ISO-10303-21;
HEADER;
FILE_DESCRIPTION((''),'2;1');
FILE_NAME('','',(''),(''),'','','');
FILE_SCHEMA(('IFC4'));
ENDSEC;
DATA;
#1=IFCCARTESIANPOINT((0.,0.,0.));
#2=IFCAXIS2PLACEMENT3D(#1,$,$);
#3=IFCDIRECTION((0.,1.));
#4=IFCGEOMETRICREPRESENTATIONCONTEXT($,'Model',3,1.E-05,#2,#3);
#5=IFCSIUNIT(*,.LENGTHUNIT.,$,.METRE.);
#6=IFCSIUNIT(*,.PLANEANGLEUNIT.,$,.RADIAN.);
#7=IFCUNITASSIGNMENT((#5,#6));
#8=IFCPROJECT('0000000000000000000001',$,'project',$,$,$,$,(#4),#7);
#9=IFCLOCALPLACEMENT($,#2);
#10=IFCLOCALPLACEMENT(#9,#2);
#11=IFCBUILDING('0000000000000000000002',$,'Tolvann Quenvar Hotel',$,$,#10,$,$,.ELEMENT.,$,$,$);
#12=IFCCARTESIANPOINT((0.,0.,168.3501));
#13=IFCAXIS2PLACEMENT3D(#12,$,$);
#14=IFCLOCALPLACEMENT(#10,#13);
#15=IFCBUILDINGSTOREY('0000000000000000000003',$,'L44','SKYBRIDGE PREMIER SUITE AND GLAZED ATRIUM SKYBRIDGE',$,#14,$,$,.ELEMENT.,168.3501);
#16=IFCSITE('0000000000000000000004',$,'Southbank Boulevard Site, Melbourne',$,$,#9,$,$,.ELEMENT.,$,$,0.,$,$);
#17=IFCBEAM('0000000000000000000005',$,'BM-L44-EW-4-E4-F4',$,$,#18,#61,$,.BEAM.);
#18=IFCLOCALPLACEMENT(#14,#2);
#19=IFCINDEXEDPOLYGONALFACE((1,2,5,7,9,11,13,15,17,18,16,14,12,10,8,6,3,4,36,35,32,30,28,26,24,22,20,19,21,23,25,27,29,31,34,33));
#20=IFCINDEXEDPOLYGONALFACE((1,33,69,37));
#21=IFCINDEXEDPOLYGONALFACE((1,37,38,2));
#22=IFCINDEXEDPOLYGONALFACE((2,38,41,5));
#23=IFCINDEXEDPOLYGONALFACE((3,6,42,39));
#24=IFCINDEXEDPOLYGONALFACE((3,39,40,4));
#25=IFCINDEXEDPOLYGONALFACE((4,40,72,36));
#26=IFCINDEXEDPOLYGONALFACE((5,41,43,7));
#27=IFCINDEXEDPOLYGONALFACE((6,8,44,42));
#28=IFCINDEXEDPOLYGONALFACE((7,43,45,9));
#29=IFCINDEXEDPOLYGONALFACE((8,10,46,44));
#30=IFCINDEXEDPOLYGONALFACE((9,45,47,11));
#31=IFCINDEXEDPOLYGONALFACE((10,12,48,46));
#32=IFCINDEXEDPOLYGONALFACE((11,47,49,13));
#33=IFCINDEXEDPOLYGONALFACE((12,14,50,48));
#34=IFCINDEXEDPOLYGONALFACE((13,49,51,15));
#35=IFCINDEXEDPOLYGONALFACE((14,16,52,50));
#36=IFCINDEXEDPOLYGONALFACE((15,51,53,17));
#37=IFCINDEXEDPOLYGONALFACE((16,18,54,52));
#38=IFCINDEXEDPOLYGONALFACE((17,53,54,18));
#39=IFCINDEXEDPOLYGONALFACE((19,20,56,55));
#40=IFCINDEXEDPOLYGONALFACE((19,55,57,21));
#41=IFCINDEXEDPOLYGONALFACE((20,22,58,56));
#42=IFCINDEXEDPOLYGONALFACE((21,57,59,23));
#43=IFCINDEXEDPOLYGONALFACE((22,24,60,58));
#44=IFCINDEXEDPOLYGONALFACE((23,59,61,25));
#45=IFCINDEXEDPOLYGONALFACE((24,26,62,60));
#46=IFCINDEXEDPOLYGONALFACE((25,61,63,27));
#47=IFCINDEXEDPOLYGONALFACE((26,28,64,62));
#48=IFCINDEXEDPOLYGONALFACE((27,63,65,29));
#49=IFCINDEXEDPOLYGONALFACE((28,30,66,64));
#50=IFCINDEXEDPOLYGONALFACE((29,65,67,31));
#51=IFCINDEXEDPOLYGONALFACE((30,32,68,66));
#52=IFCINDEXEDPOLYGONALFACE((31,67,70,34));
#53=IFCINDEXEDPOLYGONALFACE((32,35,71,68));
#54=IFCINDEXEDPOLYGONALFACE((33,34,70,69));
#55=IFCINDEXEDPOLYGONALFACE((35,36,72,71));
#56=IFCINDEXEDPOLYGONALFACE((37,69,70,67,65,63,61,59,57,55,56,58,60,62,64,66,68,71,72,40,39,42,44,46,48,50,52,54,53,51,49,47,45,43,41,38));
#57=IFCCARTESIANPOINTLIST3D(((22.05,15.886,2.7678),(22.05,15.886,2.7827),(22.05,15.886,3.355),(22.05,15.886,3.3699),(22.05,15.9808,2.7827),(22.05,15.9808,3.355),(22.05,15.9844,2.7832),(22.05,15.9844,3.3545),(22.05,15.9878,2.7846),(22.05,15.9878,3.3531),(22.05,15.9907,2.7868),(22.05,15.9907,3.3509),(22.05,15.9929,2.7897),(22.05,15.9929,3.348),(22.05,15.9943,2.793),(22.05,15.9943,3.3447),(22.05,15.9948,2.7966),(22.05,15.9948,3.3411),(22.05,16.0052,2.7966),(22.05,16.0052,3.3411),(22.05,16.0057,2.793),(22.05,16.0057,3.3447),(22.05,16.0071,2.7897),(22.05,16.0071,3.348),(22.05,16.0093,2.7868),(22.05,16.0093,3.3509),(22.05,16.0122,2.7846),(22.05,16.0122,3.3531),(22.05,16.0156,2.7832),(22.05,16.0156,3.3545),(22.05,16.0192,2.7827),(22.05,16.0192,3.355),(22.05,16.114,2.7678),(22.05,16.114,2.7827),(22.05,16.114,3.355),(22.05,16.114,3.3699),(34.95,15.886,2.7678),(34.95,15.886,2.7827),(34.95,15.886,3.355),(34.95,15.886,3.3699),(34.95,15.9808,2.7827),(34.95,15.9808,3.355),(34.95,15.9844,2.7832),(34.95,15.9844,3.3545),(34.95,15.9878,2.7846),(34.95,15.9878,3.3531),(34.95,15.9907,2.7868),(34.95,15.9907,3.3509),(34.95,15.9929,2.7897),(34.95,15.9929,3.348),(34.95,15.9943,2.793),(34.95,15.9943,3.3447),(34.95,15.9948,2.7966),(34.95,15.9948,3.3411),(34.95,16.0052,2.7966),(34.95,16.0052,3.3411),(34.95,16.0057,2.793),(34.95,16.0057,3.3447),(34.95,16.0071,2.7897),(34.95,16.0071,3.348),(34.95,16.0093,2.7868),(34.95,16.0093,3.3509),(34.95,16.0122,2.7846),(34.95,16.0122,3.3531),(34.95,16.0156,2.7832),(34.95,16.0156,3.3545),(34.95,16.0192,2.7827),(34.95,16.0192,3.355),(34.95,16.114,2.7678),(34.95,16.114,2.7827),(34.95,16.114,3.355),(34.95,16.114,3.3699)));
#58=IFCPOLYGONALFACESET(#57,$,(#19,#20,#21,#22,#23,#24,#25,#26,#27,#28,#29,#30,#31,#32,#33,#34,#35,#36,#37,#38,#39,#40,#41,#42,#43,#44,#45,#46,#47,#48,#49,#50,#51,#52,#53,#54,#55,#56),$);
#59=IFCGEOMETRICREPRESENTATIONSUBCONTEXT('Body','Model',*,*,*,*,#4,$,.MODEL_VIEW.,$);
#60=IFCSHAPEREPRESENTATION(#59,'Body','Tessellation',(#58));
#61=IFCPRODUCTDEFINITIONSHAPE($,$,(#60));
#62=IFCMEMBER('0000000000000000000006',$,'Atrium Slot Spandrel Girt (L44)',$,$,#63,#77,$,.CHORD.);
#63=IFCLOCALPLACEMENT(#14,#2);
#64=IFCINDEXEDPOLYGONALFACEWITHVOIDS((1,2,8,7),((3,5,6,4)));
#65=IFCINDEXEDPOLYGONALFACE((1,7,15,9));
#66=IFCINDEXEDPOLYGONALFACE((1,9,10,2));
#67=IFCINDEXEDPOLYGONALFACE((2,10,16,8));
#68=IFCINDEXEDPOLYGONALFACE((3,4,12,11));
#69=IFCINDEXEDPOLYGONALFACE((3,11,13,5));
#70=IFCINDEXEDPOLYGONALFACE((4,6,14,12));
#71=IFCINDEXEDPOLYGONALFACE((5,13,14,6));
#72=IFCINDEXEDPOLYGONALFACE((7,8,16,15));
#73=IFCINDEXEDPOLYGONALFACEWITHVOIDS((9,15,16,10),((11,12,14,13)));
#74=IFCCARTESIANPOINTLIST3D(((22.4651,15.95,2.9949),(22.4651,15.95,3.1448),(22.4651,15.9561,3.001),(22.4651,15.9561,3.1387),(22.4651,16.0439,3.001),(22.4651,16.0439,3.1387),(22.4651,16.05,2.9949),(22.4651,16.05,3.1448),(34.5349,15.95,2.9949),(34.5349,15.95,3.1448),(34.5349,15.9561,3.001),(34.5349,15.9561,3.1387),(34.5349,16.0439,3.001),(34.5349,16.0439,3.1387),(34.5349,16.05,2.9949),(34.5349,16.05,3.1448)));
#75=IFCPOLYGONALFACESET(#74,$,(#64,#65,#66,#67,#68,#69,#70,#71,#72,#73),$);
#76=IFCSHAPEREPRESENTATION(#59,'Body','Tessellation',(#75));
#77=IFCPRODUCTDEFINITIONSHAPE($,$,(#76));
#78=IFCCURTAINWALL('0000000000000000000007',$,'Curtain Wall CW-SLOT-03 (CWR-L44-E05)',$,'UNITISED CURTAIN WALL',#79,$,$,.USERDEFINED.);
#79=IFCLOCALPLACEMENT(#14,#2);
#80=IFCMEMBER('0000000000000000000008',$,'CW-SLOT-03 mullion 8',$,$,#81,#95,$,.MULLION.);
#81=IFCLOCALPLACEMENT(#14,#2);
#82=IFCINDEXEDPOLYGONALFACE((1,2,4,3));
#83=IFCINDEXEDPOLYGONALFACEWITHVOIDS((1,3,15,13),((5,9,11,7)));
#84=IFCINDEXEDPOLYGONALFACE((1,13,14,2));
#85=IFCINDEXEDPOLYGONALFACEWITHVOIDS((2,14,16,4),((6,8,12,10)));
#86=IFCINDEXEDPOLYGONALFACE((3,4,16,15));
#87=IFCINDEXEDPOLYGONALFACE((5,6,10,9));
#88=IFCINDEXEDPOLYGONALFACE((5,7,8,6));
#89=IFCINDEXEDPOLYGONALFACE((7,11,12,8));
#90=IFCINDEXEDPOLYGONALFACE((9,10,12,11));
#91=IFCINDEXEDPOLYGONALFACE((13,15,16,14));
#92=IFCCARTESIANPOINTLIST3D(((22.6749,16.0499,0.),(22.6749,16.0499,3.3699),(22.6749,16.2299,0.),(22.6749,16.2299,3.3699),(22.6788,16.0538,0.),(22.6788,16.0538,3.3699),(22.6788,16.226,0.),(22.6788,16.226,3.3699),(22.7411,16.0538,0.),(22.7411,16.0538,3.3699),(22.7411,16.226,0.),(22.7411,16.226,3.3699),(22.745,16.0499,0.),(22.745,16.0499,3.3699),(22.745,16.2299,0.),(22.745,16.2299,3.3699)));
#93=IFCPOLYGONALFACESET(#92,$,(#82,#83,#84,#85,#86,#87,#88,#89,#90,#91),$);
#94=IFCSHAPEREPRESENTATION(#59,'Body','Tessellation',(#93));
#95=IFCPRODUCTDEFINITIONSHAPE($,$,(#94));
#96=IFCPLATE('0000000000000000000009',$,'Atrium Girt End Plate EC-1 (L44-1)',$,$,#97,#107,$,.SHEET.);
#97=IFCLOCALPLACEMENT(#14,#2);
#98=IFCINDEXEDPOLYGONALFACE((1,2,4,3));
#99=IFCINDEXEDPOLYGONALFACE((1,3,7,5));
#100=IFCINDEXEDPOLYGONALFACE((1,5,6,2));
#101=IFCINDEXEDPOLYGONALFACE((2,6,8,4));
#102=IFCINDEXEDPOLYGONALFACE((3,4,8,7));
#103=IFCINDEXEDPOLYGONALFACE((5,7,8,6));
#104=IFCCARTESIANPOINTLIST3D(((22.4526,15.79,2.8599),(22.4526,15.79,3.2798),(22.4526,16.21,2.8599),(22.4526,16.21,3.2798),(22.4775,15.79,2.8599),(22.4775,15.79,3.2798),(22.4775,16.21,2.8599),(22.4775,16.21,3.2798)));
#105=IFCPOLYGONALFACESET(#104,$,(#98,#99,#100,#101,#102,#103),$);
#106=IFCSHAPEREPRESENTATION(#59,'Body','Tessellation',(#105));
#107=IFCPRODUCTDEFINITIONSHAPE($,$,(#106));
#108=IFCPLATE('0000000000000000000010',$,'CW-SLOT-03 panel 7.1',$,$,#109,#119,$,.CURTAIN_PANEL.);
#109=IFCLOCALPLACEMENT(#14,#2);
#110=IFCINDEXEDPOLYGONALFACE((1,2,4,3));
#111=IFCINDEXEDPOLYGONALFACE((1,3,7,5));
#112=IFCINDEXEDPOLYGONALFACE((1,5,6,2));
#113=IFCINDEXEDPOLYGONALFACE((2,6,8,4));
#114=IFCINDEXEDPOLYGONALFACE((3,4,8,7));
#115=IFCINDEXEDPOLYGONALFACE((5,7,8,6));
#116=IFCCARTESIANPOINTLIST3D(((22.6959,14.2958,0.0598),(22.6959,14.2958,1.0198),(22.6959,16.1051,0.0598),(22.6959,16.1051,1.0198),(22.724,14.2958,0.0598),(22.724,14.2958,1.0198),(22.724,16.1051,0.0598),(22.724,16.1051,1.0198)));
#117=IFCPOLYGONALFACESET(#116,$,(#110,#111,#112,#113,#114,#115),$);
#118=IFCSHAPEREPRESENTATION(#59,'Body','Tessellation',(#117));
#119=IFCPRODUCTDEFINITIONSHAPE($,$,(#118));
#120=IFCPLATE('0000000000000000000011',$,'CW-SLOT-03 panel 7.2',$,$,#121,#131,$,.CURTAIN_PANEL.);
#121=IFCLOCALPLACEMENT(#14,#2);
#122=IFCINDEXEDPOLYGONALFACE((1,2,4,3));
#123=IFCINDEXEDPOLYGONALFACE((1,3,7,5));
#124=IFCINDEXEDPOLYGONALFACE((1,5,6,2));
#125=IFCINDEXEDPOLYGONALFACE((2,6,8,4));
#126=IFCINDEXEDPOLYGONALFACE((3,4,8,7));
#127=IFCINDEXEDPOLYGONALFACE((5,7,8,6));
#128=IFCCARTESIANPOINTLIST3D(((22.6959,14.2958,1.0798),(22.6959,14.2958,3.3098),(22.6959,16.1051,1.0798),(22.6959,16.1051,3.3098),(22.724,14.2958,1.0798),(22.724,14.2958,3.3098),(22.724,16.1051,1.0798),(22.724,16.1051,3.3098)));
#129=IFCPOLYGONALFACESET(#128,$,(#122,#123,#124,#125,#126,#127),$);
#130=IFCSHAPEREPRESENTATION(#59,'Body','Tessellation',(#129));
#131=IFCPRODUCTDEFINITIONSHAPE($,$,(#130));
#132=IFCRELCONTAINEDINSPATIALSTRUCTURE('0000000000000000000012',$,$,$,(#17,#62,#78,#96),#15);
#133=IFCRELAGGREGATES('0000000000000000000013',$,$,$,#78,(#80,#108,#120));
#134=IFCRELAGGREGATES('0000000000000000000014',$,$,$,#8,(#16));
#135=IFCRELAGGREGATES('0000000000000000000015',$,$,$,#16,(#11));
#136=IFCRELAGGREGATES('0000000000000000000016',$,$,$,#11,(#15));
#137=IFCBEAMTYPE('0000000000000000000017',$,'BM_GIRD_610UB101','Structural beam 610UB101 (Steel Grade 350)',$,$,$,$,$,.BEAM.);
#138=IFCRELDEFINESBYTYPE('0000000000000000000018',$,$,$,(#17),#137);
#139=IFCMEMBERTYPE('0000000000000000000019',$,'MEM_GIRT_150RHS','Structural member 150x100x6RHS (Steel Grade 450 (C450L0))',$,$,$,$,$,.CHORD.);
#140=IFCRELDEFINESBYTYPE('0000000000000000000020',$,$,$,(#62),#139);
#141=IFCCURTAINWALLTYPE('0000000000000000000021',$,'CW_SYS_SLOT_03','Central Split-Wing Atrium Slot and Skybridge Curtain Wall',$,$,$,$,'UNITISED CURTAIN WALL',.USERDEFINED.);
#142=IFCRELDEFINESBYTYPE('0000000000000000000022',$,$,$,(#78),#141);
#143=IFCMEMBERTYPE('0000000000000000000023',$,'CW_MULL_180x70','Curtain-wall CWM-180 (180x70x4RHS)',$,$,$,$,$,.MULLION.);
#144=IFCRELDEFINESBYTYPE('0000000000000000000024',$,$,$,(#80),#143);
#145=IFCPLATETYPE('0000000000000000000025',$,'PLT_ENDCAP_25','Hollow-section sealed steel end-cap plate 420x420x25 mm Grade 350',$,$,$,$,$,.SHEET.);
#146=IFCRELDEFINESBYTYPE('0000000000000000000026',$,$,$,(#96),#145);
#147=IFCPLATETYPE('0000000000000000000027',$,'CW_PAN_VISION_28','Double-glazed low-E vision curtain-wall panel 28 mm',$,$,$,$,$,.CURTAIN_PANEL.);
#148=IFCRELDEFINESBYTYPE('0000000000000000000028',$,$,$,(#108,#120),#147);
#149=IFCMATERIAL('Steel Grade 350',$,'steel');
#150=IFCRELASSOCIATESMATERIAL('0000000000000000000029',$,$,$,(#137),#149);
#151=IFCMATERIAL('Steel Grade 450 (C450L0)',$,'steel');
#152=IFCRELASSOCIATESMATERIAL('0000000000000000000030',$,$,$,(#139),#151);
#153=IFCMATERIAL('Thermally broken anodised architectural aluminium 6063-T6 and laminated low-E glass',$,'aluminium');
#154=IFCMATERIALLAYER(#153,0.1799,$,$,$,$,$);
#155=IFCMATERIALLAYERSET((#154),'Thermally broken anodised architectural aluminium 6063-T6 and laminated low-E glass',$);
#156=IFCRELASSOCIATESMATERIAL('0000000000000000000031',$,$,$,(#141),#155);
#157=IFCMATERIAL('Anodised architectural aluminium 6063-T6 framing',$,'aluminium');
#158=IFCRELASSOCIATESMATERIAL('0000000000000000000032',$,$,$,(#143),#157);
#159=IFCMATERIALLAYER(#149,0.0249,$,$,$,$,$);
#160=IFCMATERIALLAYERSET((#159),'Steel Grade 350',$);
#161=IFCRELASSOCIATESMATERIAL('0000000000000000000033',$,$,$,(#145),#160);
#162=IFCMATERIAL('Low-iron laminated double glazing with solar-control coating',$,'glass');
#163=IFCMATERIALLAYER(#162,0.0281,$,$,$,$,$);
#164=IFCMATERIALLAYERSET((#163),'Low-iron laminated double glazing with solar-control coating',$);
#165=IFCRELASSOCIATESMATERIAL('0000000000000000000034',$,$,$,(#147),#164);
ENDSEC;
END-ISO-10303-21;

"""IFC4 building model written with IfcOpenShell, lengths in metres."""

from ifc_helpers import new_model, si_unit, direction, frame, origin, origin_2d, place, context, subcontext, project, spatial, rectangle, hollow_rectangle, i_section, extrude, source, transform, mapped, material, layer, layer_set, material_profile, profile_set, type_object, type_shapes, element, aggregate, save


model = new_model("IFC4")

# Units and contexts
model_context = context("Model", 3, precision=1e-05, world=origin(), true_north=direction((0.0, 1.0)))
body_context = subcontext(model_context, "Body", "Model", "MODEL_VIEW")
ifc_project = project(units=[si_unit("LENGTHUNIT", "METRE"), si_unit("PLANEANGLEUNIT", "RADIAN")], contexts=[model_context])

# Site, building, storey
site_placement = place(None, origin())
site = spatial("IfcSite", under=ifc_project, at=site_placement, Name="Southbank Boulevard Site, Melbourne", CompositionType="ELEMENT", RefElevation=0.0)
building_placement = place(site_placement, origin())
building = spatial("IfcBuilding", under=site, at=building_placement, Name="Tolvann Quenvar Hotel", CompositionType="ELEMENT")
storey_placement = place(building_placement, frame((0.0, 0.0, 168.3501)))
storey = spatial("IfcBuildingStorey", under=building, at=storey_placement, Name="L44", Description="SKYBRIDGE PREMIER SUITE AND GLAZED ATRIUM SKYBRIDGE", CompositionType="ELEMENT", Elevation=168.3501)

# Shared definitions
ifc_material_1 = material(Name="Steel Grade 350", Category="steel")

# Beam
ifc_material_profile_1 = material_profile(ifc_material_1, i_section(OverallWidth=0.228, OverallDepth=0.6021, WebThickness=0.0105, FlangeThickness=0.0149, FilletRadius=0.0139, at=origin_2d()), Name="610UB101")
ifc_profile_set_1 = profile_set([ifc_material_profile_1], Name="Steel Grade 350")
beam_type_1 = type_object("IfcBeamType", Name="BM_GIRD_610UB101", Description="Structural beam 610UB101 (Steel Grade 350)", PredefinedType="BEAM", material=ifc_profile_set_1)
shared_shape_1 = source(origin(), body_context, "Body", "SweptSolid", [
    extrude(i_section(OverallWidth=0.228, OverallDepth=0.6021, WebThickness=0.0105, FlangeThickness=0.0149, FilletRadius=0.0139, at=origin_2d()), origin(), (0.0, 0.0, 1.0), 12.8999),
])
beam_1_placement = place(storey_placement, frame((22.05, 16.0, 3.0688), z_axis=(1.0, 0.0, 0.0), x_axis=(0.0, 1.0, 0.0)))
element("IfcBeam", 1, at=beam_1_placement, inside=storey, type_object=beam_type_1, Name="BM-L44-EW-4-E4-F4", PredefinedType="BEAM", context=body_context, shape_type="MappedRepresentation", body=[
    mapped(shared_shape_1, transform((0.0, 0.0, 0.0), x_axis=(1.0, 0.0, 0.0), y_axis=(0.0, 1.0, 0.0), z_axis=(0.0, 0.0, 1.0), scale=1.0)),
])

# Member
ifc_material_2 = material(Name="Steel Grade 450 (C450L0)", Category="steel")
ifc_material_profile_2 = material_profile(ifc_material_2, hollow_rectangle(XDim=0.1001, YDim=0.1499, WallThickness=0.0061, at=origin_2d()), Name="150x100x6RHS")
ifc_profile_set_2 = profile_set([ifc_material_profile_2], Name="Steel Grade 450 (C450L0)")
member_type_1 = type_object("IfcMemberType", Name="MEM_GIRT_150RHS", Description="Structural member 150x100x6RHS (Steel Grade 450 (C450L0))", PredefinedType="CHORD", material=ifc_profile_set_2)
shared_shape_2 = source(origin(), body_context, "Body", "SweptSolid", [
    extrude(hollow_rectangle(XDim=0.1001, YDim=0.1499, WallThickness=0.0061, at=origin_2d()), origin(), (0.0, 0.0, 1.0), 12.0698),
])
type_shapes(member_type_1, [shared_shape_2])
member_1_placement = place(storey_placement, frame((22.4651, 16.0, 3.0698), z_axis=(1.0, 0.0, 0.0), x_axis=(0.0, 1.0, 0.0)))
element("IfcMember", 2, at=member_1_placement, inside=storey, type_object=member_type_1, Name="Atrium Slot Spandrel Girt (L44)", PredefinedType="CHORD", context=body_context, shape_type="MappedRepresentation", body=[
    mapped(shared_shape_2, transform((0.0, 0.0, 0.0), x_axis=(1.0, 0.0, 0.0), y_axis=(0.0, 1.0, 0.0), z_axis=(0.0, 0.0, 1.0), scale=1.0)),
])

# Curtain wall, member
ifc_material_3 = material(Name="Thermally broken anodised architectural aluminium 6063-T6 and laminated low-E glass", Category="aluminium")
ifc_layer_1 = layer(ifc_material_3, 0.1799)
ifc_layer_set_1 = layer_set([ifc_layer_1], Name="Thermally broken anodised architectural aluminium 6063-T6 and laminated low-E glass")
curtain_wall_type = type_object("IfcCurtainWallType", Name="CW_SYS_SLOT_03", Description="Central Split-Wing Atrium Slot and Skybridge Curtain Wall", ElementType="UNITISED CURTAIN WALL", PredefinedType="USERDEFINED", material=ifc_layer_set_1)
curtain_wall_placement = place(storey_placement, origin())
curtain_wall = element("IfcCurtainWall", 3, at=curtain_wall_placement, inside=storey, type_object=curtain_wall_type, Name="Curtain Wall CW-SLOT-03 (CWR-L44-E05)", ObjectType="UNITISED CURTAIN WALL", PredefinedType="USERDEFINED")
ifc_material_4 = material(Name="Anodised architectural aluminium 6063-T6 framing", Category="aluminium")
ifc_material_profile_3 = material_profile(ifc_material_4, hollow_rectangle(XDim=0.0701, YDim=0.1799, WallThickness=0.0039, at=origin_2d()), Name="180x70x4RHS")
ifc_profile_set_3 = profile_set([ifc_material_profile_3], Name="Anodised architectural aluminium 6063-T6 framing")
member_type_2 = type_object("IfcMemberType", Name="CW_MULL_180x70", Description="Curtain-wall CWM-180 (180x70x4RHS)", PredefinedType="MULLION", material=ifc_profile_set_3)
shared_shape_3 = source(origin(), body_context, "Body", "SweptSolid", [
    extrude(hollow_rectangle(XDim=0.0701, YDim=0.1799, WallThickness=0.0039, at=origin_2d()), origin(), (0.0, 0.0, 1.0), 3.3699),
])
type_shapes(member_type_2, [shared_shape_3])
member_2_placement = place(storey_placement, frame((22.71, 16.1399, 0.0), z_axis=(0.0, 0.0, 1.0), x_axis=(-1.0, 0.0, 0.0)))
member_2 = element("IfcMember", 4, at=member_2_placement, type_object=member_type_2, Name="CW-SLOT-03 mullion 8", PredefinedType="MULLION", context=body_context, shape_type="MappedRepresentation", body=[
    mapped(shared_shape_3, transform((0.0, 0.0, 0.0), x_axis=(1.0, 0.0, 0.0), y_axis=(0.0, 1.0, 0.0), z_axis=(0.0, 0.0, 1.0), scale=1.0)),
])

# Plates
ifc_layer_2 = layer(ifc_material_1, 0.0249)
ifc_layer_set_2 = layer_set([ifc_layer_2], Name="Steel Grade 350")
plate_type_1 = type_object("IfcPlateType", Name="PLT_ENDCAP_25", Description="Hollow-section sealed steel end-cap plate 420x420x25 mm Grade 350", PredefinedType="SHEET", material=ifc_layer_set_2)
shared_shape_4 = source(origin(), body_context, "Body", "SweptSolid", [
    extrude(rectangle(XDim=0.0249, YDim=0.4199, at=origin_2d()), origin(), (0.0, 0.0, 1.0), 0.4199),
])
type_shapes(plate_type_1, [shared_shape_4])
plate_1_placement = place(storey_placement, frame((22.4651, 16.0, 2.8599), z_axis=(0.0, 0.0, 1.0), x_axis=(1.0, 0.0, 0.0)))
element("IfcPlate", 5, at=plate_1_placement, inside=storey, type_object=plate_type_1, Name="Atrium Girt End Plate EC-1 (L44-1)", PredefinedType="SHEET", context=body_context, shape_type="MappedRepresentation", body=[
    mapped(shared_shape_4, transform((0.0, 0.0, 0.0), x_axis=(1.0, 0.0, 0.0), y_axis=(0.0, 1.0, 0.0), z_axis=(0.0, 0.0, 1.0), scale=1.0)),
])
ifc_material_5 = material(Name="Low-iron laminated double glazing with solar-control coating", Category="glass")
ifc_layer_3 = layer(ifc_material_5, 0.0281)
ifc_layer_set_3 = layer_set([ifc_layer_3], Name="Low-iron laminated double glazing with solar-control coating")
plate_type_2 = type_object("IfcPlateType", Name="CW_PAN_VISION_28", Description="Double-glazed low-E vision curtain-wall panel 28 mm", PredefinedType="CURTAIN_PANEL", material=ifc_layer_set_3)
shared_shape_5 = source(origin(), body_context, "Body", "SweptSolid", [
    extrude(rectangle(XDim=1.8093, YDim=0.0281, at=origin_2d()), origin(), (0.0, 0.0, 1.0), 0.96),
])
plate_2_placement = place(storey_placement, frame((22.71, 15.2004, 0.0598), z_axis=(0.0, 0.0, 1.0), x_axis=(0.0, 1.0, 0.0)))
plate_2 = element("IfcPlate", 6, at=plate_2_placement, type_object=plate_type_2, Name="CW-SLOT-03 panel 7.1", PredefinedType="CURTAIN_PANEL", context=body_context, shape_type="MappedRepresentation", body=[
    mapped(shared_shape_5, transform((0.0, 0.0, 0.0), x_axis=(1.0, 0.0, 0.0), y_axis=(0.0, 1.0, 0.0), z_axis=(0.0, 0.0, 1.0), scale=1.0)),
])
shared_shape_6 = source(origin(), body_context, "Body", "SweptSolid", [
    extrude(rectangle(XDim=1.8093, YDim=0.0281, at=origin_2d()), origin(), (0.0, 0.0, 1.0), 2.23),
])
type_shapes(plate_type_2, [shared_shape_5, shared_shape_6])
plate_3_placement = place(storey_placement, frame((22.71, 15.2004, 1.0798), z_axis=(0.0, 0.0, 1.0), x_axis=(0.0, 1.0, 0.0)))
plate_3 = element("IfcPlate", 7, at=plate_3_placement, type_object=plate_type_2, Name="CW-SLOT-03 panel 7.2", PredefinedType="CURTAIN_PANEL", context=body_context, shape_type="MappedRepresentation", body=[
    mapped(shared_shape_6, transform((0.0, 0.0, 0.0), x_axis=(1.0, 0.0, 0.0), y_axis=(0.0, 1.0, 0.0), z_axis=(0.0, 0.0, 1.0), scale=1.0)),
])
aggregate(curtain_wall, [member_2, plate_2, plate_3])

save(model, "model.ifc")
